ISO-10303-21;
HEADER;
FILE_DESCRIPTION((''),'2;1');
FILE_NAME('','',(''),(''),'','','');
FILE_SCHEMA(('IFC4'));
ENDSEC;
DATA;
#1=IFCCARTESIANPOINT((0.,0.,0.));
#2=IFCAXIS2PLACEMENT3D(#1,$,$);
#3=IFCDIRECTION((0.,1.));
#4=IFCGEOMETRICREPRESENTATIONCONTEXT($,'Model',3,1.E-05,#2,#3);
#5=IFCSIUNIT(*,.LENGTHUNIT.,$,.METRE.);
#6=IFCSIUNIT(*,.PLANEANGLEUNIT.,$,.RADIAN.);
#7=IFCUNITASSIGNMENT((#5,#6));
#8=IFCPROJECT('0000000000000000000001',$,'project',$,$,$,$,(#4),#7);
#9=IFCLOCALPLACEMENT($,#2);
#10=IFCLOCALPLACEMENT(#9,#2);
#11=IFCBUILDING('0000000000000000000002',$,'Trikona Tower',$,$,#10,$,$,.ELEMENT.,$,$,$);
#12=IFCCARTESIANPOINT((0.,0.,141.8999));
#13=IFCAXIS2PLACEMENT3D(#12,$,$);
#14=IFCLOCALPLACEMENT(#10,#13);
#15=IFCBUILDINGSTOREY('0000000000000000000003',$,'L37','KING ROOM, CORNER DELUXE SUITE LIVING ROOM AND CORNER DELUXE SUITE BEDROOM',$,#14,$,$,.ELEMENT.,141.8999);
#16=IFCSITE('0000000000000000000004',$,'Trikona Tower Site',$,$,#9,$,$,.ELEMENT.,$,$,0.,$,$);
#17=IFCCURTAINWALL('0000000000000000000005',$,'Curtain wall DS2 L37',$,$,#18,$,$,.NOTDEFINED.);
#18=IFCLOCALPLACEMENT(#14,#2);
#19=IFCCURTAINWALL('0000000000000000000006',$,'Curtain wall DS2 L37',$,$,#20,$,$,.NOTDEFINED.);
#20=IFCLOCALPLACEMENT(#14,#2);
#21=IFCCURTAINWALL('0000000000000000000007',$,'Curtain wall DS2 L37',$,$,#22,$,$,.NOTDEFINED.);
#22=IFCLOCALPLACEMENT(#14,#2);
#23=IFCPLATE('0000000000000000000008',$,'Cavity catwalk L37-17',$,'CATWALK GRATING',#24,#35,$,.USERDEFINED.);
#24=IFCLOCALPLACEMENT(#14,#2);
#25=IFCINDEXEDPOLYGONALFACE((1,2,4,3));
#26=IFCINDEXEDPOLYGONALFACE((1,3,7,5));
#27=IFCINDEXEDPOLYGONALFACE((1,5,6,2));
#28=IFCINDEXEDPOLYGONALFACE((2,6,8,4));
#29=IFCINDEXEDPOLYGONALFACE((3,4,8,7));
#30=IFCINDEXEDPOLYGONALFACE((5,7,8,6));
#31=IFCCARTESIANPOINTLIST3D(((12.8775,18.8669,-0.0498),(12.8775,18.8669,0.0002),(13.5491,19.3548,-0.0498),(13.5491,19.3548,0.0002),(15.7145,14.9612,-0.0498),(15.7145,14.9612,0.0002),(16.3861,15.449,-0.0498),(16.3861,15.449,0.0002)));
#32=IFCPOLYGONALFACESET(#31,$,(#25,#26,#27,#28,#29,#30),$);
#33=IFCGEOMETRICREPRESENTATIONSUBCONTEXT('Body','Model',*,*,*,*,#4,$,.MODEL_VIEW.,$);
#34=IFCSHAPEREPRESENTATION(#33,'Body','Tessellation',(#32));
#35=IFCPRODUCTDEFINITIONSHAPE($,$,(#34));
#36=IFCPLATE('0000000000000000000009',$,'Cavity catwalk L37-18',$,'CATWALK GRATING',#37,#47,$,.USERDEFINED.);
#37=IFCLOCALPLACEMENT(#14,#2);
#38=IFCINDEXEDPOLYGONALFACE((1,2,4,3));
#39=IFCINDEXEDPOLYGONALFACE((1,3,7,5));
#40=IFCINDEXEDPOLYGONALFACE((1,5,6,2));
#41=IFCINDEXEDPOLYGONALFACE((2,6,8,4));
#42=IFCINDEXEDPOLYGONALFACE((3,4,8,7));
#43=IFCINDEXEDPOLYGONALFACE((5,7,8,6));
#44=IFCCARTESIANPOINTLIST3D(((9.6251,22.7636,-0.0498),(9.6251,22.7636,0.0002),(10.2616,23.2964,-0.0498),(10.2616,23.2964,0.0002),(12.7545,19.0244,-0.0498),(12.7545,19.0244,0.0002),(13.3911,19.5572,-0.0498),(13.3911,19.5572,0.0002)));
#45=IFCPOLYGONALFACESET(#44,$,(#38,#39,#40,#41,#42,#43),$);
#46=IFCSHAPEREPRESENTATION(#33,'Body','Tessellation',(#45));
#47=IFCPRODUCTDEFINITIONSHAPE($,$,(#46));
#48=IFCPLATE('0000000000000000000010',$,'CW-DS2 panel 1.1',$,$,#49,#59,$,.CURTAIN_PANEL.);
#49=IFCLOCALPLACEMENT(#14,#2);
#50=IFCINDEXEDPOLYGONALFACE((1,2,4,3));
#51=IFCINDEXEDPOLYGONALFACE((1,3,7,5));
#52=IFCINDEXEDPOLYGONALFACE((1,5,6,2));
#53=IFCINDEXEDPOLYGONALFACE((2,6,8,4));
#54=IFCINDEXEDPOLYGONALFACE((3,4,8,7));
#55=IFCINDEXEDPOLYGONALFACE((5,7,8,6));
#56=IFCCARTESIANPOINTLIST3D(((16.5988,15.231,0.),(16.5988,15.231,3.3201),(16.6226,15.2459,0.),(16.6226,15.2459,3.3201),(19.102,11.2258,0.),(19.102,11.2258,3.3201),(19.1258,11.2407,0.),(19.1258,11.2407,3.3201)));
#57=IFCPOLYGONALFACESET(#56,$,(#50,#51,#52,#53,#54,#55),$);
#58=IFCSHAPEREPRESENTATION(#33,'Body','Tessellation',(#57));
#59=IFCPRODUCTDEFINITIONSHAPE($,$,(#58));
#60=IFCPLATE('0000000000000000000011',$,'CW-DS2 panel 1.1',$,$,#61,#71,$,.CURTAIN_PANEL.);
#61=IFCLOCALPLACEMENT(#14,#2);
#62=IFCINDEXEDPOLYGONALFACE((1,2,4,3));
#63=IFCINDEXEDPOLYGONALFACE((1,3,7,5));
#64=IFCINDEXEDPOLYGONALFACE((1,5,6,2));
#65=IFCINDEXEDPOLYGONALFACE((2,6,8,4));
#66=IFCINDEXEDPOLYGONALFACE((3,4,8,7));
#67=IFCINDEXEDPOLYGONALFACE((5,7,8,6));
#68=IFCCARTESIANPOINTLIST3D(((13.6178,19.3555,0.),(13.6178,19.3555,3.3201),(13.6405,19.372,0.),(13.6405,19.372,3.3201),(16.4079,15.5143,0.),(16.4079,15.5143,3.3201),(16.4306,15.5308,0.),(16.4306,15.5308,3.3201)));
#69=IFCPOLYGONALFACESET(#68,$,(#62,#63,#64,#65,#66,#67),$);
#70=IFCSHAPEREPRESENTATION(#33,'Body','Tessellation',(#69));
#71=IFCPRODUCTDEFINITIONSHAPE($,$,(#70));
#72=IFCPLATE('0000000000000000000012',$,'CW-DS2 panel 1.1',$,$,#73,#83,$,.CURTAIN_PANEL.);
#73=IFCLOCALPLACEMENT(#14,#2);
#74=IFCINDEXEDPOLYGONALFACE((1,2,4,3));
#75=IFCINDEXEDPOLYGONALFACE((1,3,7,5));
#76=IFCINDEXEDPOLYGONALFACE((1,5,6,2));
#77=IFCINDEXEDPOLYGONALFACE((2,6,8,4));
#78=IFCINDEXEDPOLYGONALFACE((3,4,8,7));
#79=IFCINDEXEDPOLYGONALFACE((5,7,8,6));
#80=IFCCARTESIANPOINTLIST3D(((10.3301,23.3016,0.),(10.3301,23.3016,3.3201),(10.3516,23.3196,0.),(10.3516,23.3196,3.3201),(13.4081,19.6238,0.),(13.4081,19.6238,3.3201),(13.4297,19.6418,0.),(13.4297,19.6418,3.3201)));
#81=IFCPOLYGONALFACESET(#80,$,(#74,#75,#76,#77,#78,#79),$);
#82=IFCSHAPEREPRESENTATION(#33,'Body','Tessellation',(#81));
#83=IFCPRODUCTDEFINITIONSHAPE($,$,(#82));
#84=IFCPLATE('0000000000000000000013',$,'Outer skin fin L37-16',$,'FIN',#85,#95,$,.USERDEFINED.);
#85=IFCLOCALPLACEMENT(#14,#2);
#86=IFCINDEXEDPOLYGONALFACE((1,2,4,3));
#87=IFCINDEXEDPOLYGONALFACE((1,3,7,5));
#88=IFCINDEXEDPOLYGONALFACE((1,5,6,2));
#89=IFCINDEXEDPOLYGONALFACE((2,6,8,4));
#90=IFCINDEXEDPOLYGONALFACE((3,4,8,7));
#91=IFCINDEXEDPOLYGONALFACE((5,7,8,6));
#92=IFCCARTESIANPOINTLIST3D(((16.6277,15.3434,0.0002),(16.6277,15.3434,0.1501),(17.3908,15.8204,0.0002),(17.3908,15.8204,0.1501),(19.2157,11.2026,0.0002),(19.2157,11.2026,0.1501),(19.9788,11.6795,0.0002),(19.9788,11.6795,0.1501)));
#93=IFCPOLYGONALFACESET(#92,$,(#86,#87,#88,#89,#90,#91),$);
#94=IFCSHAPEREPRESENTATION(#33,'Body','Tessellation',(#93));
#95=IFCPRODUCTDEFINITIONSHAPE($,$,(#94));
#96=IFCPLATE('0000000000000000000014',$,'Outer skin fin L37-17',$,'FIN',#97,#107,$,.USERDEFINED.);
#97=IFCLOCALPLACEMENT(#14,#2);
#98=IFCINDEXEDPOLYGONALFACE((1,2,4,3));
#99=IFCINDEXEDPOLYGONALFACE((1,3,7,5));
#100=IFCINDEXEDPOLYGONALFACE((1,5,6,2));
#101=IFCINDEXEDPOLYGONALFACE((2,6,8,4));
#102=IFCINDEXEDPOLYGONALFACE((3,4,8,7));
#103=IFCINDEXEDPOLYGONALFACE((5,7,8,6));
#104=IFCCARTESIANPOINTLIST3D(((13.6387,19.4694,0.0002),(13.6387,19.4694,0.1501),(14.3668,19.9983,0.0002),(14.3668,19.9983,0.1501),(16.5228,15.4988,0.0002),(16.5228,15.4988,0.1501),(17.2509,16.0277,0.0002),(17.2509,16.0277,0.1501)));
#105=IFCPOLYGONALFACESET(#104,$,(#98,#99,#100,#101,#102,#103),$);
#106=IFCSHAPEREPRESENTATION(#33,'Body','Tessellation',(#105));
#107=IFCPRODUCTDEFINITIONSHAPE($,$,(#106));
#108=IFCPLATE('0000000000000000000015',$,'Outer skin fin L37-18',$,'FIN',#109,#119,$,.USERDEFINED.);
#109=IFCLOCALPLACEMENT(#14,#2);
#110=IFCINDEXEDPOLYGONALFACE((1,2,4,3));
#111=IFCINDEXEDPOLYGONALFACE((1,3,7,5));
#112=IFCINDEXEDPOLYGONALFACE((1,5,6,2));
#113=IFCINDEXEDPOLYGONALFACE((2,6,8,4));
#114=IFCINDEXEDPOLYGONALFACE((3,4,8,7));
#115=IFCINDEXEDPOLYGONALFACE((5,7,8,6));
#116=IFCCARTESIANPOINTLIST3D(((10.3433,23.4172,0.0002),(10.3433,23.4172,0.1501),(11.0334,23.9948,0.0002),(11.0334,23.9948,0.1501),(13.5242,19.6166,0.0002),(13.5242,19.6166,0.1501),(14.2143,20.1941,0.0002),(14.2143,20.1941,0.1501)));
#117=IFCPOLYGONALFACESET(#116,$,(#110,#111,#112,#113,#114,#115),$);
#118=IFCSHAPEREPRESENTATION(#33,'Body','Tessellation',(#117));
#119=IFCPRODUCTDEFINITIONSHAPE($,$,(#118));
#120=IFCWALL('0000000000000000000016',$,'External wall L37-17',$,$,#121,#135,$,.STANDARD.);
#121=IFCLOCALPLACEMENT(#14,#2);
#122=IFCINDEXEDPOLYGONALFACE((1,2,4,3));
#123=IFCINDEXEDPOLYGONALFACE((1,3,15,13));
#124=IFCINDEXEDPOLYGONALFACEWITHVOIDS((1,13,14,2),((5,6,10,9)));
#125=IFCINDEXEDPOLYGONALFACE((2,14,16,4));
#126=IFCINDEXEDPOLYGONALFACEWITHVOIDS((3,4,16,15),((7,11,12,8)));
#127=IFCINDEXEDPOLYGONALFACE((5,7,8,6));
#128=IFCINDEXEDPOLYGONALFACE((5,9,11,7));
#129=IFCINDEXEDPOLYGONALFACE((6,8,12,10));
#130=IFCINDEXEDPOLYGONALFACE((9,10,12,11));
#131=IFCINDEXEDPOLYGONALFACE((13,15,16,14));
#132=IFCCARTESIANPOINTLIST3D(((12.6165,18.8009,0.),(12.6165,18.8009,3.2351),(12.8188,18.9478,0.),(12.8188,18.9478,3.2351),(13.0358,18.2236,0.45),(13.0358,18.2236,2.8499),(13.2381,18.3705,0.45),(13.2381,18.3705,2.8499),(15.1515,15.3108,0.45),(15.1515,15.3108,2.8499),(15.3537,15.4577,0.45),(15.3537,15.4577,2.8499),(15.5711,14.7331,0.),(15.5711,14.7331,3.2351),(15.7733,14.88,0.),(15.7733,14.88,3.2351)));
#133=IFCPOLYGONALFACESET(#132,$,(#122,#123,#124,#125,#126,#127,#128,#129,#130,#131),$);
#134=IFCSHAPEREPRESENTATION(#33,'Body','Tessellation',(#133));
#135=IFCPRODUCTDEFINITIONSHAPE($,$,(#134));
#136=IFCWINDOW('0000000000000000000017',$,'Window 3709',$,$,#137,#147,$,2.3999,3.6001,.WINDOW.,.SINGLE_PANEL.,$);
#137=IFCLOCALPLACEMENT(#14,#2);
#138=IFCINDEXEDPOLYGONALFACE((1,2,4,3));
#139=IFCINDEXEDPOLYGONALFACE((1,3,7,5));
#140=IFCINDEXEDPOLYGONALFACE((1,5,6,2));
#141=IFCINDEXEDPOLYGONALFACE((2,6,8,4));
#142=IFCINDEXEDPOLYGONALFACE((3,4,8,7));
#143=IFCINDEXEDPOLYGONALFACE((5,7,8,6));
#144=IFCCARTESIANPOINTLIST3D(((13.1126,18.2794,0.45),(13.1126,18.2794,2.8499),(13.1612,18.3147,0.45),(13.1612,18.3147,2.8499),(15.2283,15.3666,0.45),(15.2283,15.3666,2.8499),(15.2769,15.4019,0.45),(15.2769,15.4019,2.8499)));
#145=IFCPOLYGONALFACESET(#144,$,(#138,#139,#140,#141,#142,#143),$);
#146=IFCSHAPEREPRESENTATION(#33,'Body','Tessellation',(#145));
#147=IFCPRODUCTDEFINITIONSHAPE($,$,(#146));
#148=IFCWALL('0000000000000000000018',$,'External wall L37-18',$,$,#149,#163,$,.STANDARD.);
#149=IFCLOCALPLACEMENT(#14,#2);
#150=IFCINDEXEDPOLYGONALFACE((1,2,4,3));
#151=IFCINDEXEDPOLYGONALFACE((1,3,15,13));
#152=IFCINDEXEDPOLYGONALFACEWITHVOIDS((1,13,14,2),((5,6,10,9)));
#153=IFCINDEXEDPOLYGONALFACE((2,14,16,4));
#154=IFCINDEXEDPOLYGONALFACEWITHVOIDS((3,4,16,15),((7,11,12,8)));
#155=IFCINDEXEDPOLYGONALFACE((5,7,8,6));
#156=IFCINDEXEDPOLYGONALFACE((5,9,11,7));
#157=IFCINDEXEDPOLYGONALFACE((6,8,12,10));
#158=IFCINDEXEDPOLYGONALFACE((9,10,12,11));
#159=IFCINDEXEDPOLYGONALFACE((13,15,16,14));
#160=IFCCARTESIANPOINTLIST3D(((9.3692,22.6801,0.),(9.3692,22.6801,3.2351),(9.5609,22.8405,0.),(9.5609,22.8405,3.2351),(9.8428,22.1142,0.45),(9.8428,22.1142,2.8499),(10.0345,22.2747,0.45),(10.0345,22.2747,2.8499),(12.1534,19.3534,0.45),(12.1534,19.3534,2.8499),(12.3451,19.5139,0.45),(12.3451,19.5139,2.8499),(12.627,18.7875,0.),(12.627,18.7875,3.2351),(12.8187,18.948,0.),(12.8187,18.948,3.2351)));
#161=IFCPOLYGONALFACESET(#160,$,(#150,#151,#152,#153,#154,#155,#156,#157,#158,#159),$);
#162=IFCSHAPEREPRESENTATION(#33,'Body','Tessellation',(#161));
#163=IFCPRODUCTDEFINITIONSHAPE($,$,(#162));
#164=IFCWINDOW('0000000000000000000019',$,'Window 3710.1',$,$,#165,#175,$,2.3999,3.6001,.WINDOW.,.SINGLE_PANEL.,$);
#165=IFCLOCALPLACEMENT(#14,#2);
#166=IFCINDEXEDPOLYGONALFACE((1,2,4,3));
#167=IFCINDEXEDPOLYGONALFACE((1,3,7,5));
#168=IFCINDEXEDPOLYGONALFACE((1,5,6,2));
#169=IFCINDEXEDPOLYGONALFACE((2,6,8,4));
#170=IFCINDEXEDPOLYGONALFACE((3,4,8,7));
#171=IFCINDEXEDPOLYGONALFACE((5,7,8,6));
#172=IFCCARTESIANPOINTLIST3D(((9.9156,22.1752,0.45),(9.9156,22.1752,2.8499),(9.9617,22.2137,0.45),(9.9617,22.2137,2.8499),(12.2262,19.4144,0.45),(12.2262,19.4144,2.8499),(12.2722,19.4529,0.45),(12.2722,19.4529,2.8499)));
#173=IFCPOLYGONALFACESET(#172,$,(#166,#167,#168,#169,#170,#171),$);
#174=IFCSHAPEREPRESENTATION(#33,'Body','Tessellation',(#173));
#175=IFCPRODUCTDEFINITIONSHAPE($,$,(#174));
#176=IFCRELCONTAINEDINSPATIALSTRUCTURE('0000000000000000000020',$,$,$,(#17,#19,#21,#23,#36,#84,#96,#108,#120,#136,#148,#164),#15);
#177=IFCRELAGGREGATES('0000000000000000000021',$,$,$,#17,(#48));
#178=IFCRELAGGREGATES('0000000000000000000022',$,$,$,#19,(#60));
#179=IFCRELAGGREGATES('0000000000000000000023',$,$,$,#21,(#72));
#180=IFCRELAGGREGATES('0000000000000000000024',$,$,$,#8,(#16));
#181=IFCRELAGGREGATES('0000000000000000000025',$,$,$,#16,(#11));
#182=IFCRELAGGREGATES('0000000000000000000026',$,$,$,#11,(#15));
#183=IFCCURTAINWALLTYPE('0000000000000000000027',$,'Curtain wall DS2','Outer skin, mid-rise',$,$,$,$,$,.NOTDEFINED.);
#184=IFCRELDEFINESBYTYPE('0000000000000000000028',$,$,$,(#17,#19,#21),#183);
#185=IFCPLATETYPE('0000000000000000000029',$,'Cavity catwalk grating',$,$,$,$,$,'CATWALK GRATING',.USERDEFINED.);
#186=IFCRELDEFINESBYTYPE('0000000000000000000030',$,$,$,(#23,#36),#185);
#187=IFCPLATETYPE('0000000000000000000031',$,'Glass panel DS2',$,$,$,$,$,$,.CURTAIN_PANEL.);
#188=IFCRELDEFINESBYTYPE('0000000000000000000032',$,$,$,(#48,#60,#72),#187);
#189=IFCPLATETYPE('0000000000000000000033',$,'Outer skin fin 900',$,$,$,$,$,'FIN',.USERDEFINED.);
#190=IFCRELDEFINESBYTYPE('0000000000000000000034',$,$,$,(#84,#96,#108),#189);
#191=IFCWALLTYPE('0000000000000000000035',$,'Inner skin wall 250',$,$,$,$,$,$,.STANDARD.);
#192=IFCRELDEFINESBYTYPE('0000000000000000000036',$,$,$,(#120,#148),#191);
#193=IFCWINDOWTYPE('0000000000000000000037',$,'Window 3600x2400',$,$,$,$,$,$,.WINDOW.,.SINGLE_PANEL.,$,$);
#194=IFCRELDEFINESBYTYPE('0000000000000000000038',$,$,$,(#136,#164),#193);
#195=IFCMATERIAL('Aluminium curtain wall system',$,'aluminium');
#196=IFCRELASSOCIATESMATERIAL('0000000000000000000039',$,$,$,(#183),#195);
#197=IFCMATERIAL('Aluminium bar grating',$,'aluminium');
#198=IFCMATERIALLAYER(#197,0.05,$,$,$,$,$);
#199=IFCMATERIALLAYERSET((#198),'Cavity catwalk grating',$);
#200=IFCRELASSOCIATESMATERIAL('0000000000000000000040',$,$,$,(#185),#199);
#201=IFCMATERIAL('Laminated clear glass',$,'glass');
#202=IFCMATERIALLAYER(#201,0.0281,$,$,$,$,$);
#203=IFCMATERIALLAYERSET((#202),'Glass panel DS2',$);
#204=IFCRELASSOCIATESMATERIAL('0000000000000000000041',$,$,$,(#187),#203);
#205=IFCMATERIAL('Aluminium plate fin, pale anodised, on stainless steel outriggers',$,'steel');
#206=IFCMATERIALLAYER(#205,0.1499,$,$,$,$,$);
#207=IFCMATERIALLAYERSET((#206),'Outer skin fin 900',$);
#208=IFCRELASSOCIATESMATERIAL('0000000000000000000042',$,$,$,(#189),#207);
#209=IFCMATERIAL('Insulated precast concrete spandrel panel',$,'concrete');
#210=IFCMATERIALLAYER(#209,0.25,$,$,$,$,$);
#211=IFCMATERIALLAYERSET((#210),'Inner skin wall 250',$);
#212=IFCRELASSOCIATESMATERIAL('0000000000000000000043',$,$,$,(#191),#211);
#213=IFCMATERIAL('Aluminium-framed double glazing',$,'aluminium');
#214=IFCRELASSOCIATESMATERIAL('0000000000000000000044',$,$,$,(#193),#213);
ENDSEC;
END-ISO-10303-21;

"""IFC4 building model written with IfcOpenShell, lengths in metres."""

from ifc_helpers import new_model, si_unit, direction, frame, frame_2d, origin, origin_2d, place, context, subcontext, project, spatial, rectangle, extrude, material, layer, layer_set, type_object, element, fill, aggregate, save


model = new_model("IFC4")

# Units and contexts
model_context = context("Model", 3, precision=1e-05, world=origin(), true_north=direction((0.0, 1.0)))
body_context = subcontext(model_context, "Body", "Model", "MODEL_VIEW")
ifc_project = project(units=[si_unit("LENGTHUNIT", "METRE"), si_unit("PLANEANGLEUNIT", "RADIAN")], contexts=[model_context])

# Site, building, storey
site_placement = place(None, origin())
site = spatial("IfcSite", under=ifc_project, at=site_placement, Name="Trikona Tower Site", CompositionType="ELEMENT", RefElevation=0.0)
building_placement = place(site_placement, origin())
building = spatial("IfcBuilding", under=site, at=building_placement, Name="Trikona Tower", CompositionType="ELEMENT")
storey_placement = place(building_placement, frame((0.0, 0.0, 141.8999)))
storey = spatial("IfcBuildingStorey", under=building, at=storey_placement, Name="L37", Description="KING ROOM, CORNER DELUXE SUITE LIVING ROOM AND CORNER DELUXE SUITE BEDROOM", CompositionType="ELEMENT", Elevation=141.8999)

# Curtain walls
ifc_material_1 = material(Name="Aluminium curtain wall system", Category="aluminium")
curtain_wall_type = type_object("IfcCurtainWallType", Name="Curtain wall DS2", Description="Outer skin, mid-rise", PredefinedType="NOTDEFINED", material=ifc_material_1)
curtain_wall_1_placement = place(storey_placement, origin())
curtain_wall_1 = element("IfcCurtainWall", 1, at=curtain_wall_1_placement, inside=storey, type_object=curtain_wall_type, Name="Curtain wall DS2 L37", PredefinedType="NOTDEFINED")
curtain_wall_2_placement = place(storey_placement, origin())
curtain_wall_2 = element("IfcCurtainWall", 2, at=curtain_wall_2_placement, inside=storey, type_object=curtain_wall_type, Name="Curtain wall DS2 L37", PredefinedType="NOTDEFINED")
curtain_wall_3_placement = place(storey_placement, origin())
curtain_wall_3 = element("IfcCurtainWall", 3, at=curtain_wall_3_placement, inside=storey, type_object=curtain_wall_type, Name="Curtain wall DS2 L37", PredefinedType="NOTDEFINED")

# Plates
ifc_material_2 = material(Name="Aluminium bar grating", Category="aluminium")
ifc_layer_1 = layer(ifc_material_2, 0.05)
ifc_layer_set_1 = layer_set([ifc_layer_1], Name="Cavity catwalk grating")
plate_type_1 = type_object("IfcPlateType", Name="Cavity catwalk grating", ElementType="CATWALK GRATING", PredefinedType="USERDEFINED", material=ifc_layer_set_1)
plate_1_placement = place(storey_placement, frame((14.6318, 17.158, -0.0498), z_axis=(0.0, 0.0, 1.0), x_axis=(-0.587686, 0.809089, 0.0)))
element("IfcPlate", 4, at=plate_1_placement, inside=storey, type_object=plate_type_1, Name="Cavity catwalk L37-17", ObjectType="CATWALK GRATING", PredefinedType="USERDEFINED", context=body_context, shape_type="SweptSolid", body=[
    extrude(rectangle(XDim=4.8274, YDim=0.8301, at=origin_2d()), origin(), (0.0, 0.0, 1.0), 0.05),
])
plate_2_placement = place(storey_placement, frame((11.5081, 21.1604, -0.0498), z_axis=(0.0, 0.0, 1.0), x_axis=(-0.641807, 0.766866, 0.0)))
element("IfcPlate", 5, at=plate_2_placement, inside=storey, type_object=plate_type_1, Name="Cavity catwalk L37-18", ObjectType="CATWALK GRATING", PredefinedType="USERDEFINED", context=body_context, shape_type="SweptSolid", body=[
    extrude(rectangle(XDim=4.876, YDim=0.8301, at=origin_2d()), origin(), (0.0, 0.0, 1.0), 0.05),
])

# Plates
ifc_material_3 = material(Name="Laminated clear glass", Category="glass")
ifc_layer_2 = layer(ifc_material_3, 0.0281)
ifc_layer_set_2 = layer_set([ifc_layer_2], Name="Glass panel DS2")
plate_type_2 = type_object("IfcPlateType", Name="Glass panel DS2", PredefinedType="CURTAIN_PANEL", material=ifc_layer_set_2)
plate_3_placement = place(storey_placement, frame((17.8623, 13.2358, 0.0), z_axis=(0.0, 0.0, 1.0), x_axis=(-0.529999, 0.847998, 0.0)))
plate_3 = element("IfcPlate", 6, at=plate_3_placement, type_object=plate_type_2, Name="CW-DS2 panel 1.1", PredefinedType="CURTAIN_PANEL", context=body_context, shape_type="SweptSolid", body=[
    extrude(rectangle(XDim=4.7231, YDim=0.0281, at=origin_2d()), origin(), (0.0, 0.0, 1.0), 3.3201),
])
aggregate(curtain_wall_1, [plate_3])
plate_4_placement = place(storey_placement, frame((15.0242, 17.4431, 0.0), z_axis=(0.0, 0.0, 1.0), x_axis=(-0.587691, 0.809086, 0.0)))
plate_4 = element("IfcPlate", 7, at=plate_4_placement, type_object=plate_type_2, Name="CW-DS2 panel 1.1", PredefinedType="CURTAIN_PANEL", context=body_context, shape_type="SweptSolid", body=[
    extrude(rectangle(XDim=4.7476, YDim=0.0281, at=origin_2d()), origin(), (0.0, 0.0, 1.0), 3.3201),
])
aggregate(curtain_wall_2, [plate_4])
plate_5_placement = place(storey_placement, frame((11.8799, 21.4717, 0.0), z_axis=(0.0, 0.0, 1.0), x_axis=(-0.641806, 0.766867, 0.0)))
plate_5 = element("IfcPlate", 8, at=plate_5_placement, type_object=plate_type_2, Name="CW-DS2 panel 1.1", PredefinedType="CURTAIN_PANEL", context=body_context, shape_type="SweptSolid", body=[
    extrude(rectangle(XDim=4.7959, YDim=0.0281, at=origin_2d()), origin(), (0.0, 0.0, 1.0), 3.3201),
])
aggregate(curtain_wall_3, [plate_5])

# Plates
ifc_material_4 = material(Name="Aluminium plate fin, pale anodised, on stainless steel outriggers", Category="steel")
ifc_layer_3 = layer(ifc_material_4, 0.1499)
ifc_layer_set_3 = layer_set([ifc_layer_3], Name="Outer skin fin 900")
plate_type_3 = type_object("IfcPlateType", Name="Outer skin fin 900", ElementType="FIN", PredefinedType="USERDEFINED", material=ifc_layer_set_3)
plate_6_placement = place(storey_placement, frame((18.3032, 13.5115, 0.0002), z_axis=(0.0, 0.0, 1.0), x_axis=(-0.529995, 0.848001, 0.0)))
element("IfcPlate", 9, at=plate_6_placement, inside=storey, type_object=plate_type_3, Name="Outer skin fin L37-16", ObjectType="FIN", PredefinedType="USERDEFINED", context=body_context, shape_type="SweptSolid", body=[
    extrude(rectangle(XDim=4.8831, YDim=0.8999, at=origin_2d()), origin(), (0.0, 0.0, 1.0), 0.1499),
])
plate_7_placement = place(storey_placement, frame((15.4448, 17.7485, 0.0002), z_axis=(0.0, 0.0, 1.0), x_axis=(-0.587686, 0.809089, 0.0)))
element("IfcPlate", 10, at=plate_7_placement, inside=storey, type_object=plate_type_3, Name="Outer skin fin L37-17", ObjectType="FIN", PredefinedType="USERDEFINED", context=body_context, shape_type="SweptSolid", body=[
    extrude(rectangle(XDim=4.9075, YDim=0.8999, at=origin_2d()), origin(), (0.0, 0.0, 1.0), 0.1499),
])
plate_8_placement = place(storey_placement, frame((12.2788, 21.8057, 0.0002), z_axis=(0.0, 0.0, 1.0), x_axis=(-0.641807, 0.766866, 0.0)))
element("IfcPlate", 11, at=plate_8_placement, inside=storey, type_object=plate_type_3, Name="Outer skin fin L37-18", ObjectType="FIN", PredefinedType="USERDEFINED", context=body_context, shape_type="SweptSolid", body=[
    extrude(rectangle(XDim=4.9561, YDim=0.8999, at=origin_2d()), origin(), (0.0, 0.0, 1.0), 0.1499),
])

# Walls, openings, windows
ifc_material_5 = material(Name="Insulated precast concrete spandrel panel", Category="concrete")
ifc_layer_4 = layer(ifc_material_5, 0.25)
ifc_layer_set_4 = layer_set([ifc_layer_4], Name="Inner skin wall 250")
wall_type = type_object("IfcWallType", Name="Inner skin wall 250", PredefinedType="STANDARD", material=ifc_layer_set_4)
wall_1_placement = place(storey_placement, frame((15.6721, 14.8066, 0.0), z_axis=(0.0, 0.0, 1.0), x_axis=(-0.587669, 0.809101, 0.0)))
wall_1 = element("IfcWall", 12, at=wall_1_placement, inside=storey, type_object=wall_type, Name="External wall L37-17", PredefinedType="STANDARD", context=body_context, shape_type="SweptSolid", body=[
    extrude(rectangle(XDim=5.0276, YDim=0.25, at=frame_2d((2.5137, 0.0))), origin(), (0.0, 0.0, 1.0), 3.2351),
])
opening_1_placement = place(wall_1_placement, frame((0.7139, 0.0, 0.45)))
opening_1 = element("IfcOpeningElement", 13, at=opening_1_placement, cuts=wall_1, PredefinedType="OPENING", context=body_context, shape_type="SweptSolid", body=[
    extrude(rectangle(XDim=3.6001, YDim=2.3999, at=frame_2d((1.8, 1.2))), frame((0.0, 0.135, 0.0), z_axis=(0.0, -1.0, 0.0), x_axis=(1.0, 0.0, 0.0)), (0.0, 0.0, 1.0), 0.27),
])
ifc_material_6 = material(Name="Aluminium-framed double glazing", Category="aluminium")
window_type = type_object("IfcWindowType", Name="Window 3600x2400", PartitioningType="SINGLE_PANEL", PredefinedType="WINDOW", material=ifc_material_6)
window_1_placement = place(opening_1_placement, origin())
window_1 = element("IfcWindow", 14, at=window_1_placement, inside=storey, type_object=window_type, Name="Window 3709", OverallHeight=2.3999, OverallWidth=3.6001, PartitioningType="SINGLE_PANEL", PredefinedType="WINDOW", context=body_context, shape_type="SweptSolid", body=[
    extrude(rectangle(XDim=3.6001, YDim=2.3999, at=frame_2d((1.8, 1.2))), frame((0.0, 0.03, 0.0), z_axis=(0.0, -1.0, 0.0), x_axis=(1.0, 0.0, 0.0)), (0.0, 0.0, 1.0), 0.0601),
])
fill(opening_1, window_1)
wall_2_placement = place(storey_placement, frame((12.7229, 18.8677, 0.0), z_axis=(0.0, 0.0, 1.0), x_axis=(-0.64181, 0.766863, 0.0)))
wall_2 = element("IfcWall", 15, at=wall_2_placement, inside=storey, type_object=wall_type, Name="External wall L37-18", PredefinedType="STANDARD", context=body_context, shape_type="SweptSolid", body=[
    extrude(rectangle(XDim=5.0759, YDim=0.25, at=frame_2d((2.5381, 0.0))), origin(), (0.0, 0.0, 1.0), 3.2351),
])
opening_2_placement = place(wall_2_placement, frame((0.738, 0.0, 0.45)))
opening_2 = element("IfcOpeningElement", 16, at=opening_2_placement, cuts=wall_2, PredefinedType="OPENING", context=body_context, shape_type="SweptSolid", body=[
    extrude(rectangle(XDim=3.6001, YDim=2.3999, at=frame_2d((1.8, 1.2))), frame((0.0, 0.135, 0.0), z_axis=(0.0, -1.0, 0.0), x_axis=(1.0, 0.0, 0.0)), (0.0, 0.0, 1.0), 0.27),
])
window_2_placement = place(opening_2_placement, origin())
window_2 = element("IfcWindow", 17, at=window_2_placement, inside=storey, type_object=window_type, Name="Window 3710.1", OverallHeight=2.3999, OverallWidth=3.6001, PartitioningType="SINGLE_PANEL", PredefinedType="WINDOW", context=body_context, shape_type="SweptSolid", body=[
    extrude(rectangle(XDim=3.6001, YDim=2.3999, at=frame_2d((1.8, 1.2))), frame((0.0, 0.03, 0.0), z_axis=(0.0, -1.0, 0.0), x_axis=(1.0, 0.0, 0.0)), (0.0, 0.0, 1.0), 0.0601),
])
fill(opening_2, window_2)

save(model, "model.ifc")
